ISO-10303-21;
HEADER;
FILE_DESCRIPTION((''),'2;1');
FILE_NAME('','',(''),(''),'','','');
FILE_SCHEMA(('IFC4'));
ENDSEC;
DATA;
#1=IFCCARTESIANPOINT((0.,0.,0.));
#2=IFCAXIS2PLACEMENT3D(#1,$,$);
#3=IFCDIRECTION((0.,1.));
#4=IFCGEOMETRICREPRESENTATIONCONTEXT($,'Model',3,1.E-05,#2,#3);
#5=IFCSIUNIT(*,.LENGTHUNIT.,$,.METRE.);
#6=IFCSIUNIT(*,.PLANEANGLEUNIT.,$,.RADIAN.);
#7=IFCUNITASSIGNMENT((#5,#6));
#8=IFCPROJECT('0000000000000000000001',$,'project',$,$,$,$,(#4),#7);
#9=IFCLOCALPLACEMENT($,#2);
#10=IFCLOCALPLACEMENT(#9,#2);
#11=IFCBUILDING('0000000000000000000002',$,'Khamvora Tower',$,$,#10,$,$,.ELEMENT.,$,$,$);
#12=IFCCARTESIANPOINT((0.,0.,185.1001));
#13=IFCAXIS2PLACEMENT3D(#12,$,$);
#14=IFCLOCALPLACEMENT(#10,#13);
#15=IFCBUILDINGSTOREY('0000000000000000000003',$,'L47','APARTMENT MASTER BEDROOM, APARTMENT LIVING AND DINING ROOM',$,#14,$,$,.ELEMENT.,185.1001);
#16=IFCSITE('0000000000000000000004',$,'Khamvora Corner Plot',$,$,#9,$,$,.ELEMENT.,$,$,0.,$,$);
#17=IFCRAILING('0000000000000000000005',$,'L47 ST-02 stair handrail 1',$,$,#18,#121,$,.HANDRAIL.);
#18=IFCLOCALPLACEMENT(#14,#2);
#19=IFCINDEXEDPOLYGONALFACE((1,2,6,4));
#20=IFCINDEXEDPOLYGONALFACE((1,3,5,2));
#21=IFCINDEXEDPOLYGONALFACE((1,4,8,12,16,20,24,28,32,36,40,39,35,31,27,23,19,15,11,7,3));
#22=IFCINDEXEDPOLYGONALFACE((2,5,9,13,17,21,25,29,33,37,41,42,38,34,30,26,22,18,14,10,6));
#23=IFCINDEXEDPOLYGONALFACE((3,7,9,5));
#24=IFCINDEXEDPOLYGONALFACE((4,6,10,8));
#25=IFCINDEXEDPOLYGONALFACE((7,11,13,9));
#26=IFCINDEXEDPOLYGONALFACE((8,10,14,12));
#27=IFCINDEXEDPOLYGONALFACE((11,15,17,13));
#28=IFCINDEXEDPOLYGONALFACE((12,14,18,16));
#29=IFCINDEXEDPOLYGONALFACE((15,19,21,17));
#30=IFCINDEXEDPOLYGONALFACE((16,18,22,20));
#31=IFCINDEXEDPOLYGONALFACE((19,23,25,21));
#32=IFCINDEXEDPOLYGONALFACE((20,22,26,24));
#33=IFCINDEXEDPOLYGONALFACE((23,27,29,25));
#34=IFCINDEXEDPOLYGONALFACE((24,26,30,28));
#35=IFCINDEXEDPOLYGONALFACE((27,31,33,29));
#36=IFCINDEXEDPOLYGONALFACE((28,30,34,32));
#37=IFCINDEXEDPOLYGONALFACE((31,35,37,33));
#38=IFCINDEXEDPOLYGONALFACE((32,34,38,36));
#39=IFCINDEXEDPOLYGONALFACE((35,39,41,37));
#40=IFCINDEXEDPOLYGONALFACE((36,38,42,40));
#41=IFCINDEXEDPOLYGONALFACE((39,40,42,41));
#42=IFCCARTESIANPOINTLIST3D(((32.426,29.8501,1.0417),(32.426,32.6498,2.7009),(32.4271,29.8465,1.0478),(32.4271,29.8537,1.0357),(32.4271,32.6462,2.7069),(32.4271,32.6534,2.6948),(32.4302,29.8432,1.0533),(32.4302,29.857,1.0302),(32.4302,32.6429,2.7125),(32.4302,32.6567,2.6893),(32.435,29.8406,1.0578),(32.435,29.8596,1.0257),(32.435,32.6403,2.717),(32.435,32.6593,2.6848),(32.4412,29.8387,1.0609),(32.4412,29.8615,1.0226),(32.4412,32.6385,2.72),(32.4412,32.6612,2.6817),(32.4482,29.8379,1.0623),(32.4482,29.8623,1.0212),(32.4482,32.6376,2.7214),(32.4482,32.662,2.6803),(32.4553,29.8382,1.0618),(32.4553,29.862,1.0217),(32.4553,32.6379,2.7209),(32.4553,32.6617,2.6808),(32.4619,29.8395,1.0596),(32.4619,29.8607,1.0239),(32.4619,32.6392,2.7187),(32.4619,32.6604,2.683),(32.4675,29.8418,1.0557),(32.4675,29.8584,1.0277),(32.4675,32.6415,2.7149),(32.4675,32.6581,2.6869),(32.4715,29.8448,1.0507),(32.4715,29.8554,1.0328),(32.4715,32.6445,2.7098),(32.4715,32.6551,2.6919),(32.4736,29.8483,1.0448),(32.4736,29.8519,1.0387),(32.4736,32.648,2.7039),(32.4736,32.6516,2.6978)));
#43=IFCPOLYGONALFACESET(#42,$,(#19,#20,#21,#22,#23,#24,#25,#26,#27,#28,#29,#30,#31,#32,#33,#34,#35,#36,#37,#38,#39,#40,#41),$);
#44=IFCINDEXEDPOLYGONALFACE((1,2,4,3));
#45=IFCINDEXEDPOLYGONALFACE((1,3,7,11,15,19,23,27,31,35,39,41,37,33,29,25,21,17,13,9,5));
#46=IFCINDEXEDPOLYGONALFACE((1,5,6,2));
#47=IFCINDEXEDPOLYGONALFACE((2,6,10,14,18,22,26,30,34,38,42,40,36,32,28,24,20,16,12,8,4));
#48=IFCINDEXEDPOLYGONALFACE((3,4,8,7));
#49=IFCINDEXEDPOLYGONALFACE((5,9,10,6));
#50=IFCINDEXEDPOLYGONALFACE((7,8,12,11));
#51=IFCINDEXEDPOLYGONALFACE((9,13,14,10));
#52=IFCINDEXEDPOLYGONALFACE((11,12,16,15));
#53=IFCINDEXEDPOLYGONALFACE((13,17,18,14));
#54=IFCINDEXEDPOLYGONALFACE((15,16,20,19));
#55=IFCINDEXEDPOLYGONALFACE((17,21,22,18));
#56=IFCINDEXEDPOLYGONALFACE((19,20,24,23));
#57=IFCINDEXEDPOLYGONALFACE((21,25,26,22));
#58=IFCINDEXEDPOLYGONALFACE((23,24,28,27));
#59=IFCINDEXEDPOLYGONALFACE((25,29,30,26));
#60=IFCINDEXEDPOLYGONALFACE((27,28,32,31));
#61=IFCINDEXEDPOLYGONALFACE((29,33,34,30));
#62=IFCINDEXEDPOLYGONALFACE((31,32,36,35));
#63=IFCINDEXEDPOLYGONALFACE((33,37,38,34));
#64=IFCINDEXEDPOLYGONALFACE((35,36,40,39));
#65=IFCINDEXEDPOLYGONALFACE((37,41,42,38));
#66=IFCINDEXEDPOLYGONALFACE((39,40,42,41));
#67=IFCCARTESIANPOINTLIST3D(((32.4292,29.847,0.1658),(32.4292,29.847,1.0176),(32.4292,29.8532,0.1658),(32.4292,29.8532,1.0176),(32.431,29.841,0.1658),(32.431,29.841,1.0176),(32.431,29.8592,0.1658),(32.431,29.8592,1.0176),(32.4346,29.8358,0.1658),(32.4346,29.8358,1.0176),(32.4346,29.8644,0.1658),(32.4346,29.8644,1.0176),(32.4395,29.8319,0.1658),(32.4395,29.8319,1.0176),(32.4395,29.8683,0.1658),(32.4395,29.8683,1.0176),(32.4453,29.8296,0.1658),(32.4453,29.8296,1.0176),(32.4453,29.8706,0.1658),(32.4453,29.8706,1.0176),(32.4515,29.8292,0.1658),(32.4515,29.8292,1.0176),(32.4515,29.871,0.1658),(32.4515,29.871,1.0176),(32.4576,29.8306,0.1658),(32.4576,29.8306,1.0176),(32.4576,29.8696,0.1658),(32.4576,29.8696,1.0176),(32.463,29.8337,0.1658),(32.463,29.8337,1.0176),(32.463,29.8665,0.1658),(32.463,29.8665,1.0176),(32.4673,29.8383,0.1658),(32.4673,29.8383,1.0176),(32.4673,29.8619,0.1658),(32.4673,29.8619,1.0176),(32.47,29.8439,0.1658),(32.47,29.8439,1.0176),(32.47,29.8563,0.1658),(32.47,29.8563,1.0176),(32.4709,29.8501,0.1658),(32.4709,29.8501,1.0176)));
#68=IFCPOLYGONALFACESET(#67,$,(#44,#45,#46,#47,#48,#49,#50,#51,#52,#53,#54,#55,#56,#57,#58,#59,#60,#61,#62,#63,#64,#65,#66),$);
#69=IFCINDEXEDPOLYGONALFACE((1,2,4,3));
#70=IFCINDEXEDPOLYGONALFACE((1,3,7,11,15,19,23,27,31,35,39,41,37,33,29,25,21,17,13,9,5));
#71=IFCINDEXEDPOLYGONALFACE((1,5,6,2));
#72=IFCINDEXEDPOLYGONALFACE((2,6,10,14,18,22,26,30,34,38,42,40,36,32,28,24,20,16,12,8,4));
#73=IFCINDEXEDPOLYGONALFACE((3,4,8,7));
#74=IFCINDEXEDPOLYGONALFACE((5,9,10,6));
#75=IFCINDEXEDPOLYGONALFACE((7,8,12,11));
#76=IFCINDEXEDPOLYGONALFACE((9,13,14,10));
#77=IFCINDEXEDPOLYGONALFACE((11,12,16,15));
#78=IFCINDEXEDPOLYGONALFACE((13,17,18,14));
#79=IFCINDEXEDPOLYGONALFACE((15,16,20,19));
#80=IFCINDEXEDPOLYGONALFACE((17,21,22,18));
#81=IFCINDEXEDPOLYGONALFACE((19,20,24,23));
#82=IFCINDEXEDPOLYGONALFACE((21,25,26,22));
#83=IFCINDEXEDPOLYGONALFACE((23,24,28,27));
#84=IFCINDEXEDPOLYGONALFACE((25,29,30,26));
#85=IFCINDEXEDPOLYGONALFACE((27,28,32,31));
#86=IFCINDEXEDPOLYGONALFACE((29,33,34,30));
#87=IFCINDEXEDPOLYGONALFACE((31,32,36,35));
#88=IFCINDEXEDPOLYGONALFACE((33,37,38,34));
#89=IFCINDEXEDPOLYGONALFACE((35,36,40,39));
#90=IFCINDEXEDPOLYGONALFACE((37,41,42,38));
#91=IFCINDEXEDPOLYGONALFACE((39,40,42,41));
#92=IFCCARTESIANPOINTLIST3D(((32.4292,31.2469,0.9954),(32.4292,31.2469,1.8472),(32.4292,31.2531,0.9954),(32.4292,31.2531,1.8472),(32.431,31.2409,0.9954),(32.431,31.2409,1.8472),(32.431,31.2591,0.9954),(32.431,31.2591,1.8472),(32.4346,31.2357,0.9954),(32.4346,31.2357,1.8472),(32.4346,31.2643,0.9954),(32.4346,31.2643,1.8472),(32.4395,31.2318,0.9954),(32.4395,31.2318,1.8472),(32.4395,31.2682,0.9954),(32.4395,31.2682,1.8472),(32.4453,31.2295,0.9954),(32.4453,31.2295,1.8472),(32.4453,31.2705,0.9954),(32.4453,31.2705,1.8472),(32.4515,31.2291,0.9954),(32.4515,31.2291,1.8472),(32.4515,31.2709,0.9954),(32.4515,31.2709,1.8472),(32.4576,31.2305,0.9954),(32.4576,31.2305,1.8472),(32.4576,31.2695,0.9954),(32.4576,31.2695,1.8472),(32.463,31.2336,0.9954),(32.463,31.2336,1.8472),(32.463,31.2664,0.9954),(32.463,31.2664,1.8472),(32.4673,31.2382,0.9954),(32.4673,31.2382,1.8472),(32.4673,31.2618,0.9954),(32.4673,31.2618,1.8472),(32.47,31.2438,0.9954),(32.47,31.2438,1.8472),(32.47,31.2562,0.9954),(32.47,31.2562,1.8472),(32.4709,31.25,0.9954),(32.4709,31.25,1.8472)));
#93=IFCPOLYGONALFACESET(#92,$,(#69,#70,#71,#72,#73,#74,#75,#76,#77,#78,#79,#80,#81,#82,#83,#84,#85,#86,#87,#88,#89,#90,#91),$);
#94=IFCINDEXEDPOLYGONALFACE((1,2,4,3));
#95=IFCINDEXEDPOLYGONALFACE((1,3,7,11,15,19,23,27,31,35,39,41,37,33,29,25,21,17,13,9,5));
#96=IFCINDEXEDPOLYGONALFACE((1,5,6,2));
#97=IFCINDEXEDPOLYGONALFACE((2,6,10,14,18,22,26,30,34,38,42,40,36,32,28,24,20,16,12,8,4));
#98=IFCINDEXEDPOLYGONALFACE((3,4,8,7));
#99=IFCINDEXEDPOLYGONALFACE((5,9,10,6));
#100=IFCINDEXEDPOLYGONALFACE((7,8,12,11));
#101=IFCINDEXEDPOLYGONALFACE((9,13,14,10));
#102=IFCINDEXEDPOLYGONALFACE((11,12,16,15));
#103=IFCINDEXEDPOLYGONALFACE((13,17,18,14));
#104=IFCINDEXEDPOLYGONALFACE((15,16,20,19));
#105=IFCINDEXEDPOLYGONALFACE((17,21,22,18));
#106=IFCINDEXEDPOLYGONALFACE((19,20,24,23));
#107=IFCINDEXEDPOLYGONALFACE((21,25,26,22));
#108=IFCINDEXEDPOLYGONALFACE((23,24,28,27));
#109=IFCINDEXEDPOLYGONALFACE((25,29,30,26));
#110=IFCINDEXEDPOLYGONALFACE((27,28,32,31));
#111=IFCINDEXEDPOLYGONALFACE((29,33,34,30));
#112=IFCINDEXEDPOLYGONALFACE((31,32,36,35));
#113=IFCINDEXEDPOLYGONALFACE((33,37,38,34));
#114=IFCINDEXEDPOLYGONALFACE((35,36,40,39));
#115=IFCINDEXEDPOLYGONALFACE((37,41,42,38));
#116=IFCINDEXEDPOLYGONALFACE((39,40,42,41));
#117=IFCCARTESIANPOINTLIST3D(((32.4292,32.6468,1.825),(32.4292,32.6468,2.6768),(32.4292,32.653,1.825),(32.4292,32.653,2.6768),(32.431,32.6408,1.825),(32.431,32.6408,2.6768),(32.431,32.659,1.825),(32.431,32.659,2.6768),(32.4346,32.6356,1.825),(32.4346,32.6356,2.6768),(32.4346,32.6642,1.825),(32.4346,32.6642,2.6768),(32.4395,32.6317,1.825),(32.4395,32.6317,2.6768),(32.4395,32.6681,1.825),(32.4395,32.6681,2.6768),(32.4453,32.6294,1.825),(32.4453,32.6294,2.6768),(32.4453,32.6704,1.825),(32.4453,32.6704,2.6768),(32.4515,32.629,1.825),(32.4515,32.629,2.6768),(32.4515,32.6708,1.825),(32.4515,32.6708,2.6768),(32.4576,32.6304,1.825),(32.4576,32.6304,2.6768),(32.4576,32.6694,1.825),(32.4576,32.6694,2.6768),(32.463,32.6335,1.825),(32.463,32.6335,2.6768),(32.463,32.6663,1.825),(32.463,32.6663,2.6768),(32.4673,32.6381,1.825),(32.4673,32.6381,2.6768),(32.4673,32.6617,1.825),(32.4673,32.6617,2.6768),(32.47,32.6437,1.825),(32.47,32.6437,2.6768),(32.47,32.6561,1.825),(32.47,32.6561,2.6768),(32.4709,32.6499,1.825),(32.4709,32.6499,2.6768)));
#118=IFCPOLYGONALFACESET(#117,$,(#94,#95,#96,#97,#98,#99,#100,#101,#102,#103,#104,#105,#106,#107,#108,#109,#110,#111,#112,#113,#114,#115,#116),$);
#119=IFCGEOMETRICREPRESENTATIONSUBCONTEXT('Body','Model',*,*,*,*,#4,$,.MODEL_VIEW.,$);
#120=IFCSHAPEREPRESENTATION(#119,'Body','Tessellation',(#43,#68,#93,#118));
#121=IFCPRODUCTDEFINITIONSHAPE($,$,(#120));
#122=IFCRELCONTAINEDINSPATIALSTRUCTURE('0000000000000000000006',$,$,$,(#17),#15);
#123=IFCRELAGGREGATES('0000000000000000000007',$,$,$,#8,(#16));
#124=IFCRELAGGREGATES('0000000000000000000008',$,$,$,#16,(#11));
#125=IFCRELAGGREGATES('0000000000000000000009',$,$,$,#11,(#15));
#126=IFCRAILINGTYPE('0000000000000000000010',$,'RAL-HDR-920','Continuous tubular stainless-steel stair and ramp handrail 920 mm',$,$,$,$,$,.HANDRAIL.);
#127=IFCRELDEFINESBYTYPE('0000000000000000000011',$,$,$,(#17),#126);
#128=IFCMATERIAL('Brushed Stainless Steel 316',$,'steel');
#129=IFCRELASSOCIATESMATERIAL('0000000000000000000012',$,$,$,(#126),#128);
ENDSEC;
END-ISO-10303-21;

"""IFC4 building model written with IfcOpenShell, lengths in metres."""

from ifc_helpers import new_model, si_unit, direction, frame, origin, origin_2d, place, context, subcontext, project, spatial, circle, extrude, material, type_object, element, save


model = new_model("IFC4")

# Units and contexts
model_context = context("Model", 3, precision=1e-05, world=origin(), true_north=direction((0.0, 1.0)))
body_context = subcontext(model_context, "Body", "Model", "MODEL_VIEW")
ifc_project = project(units=[si_unit("LENGTHUNIT", "METRE"), si_unit("PLANEANGLEUNIT", "RADIAN")], contexts=[model_context])

# Site, building, storey
site_placement = place(None, origin())
site = spatial("IfcSite", under=ifc_project, at=site_placement, Name="Khamvora Corner Plot", CompositionType="ELEMENT", RefElevation=0.0)
building_placement = place(site_placement, origin())
building = spatial("IfcBuilding", under=site, at=building_placement, Name="Khamvora Tower", CompositionType="ELEMENT")
storey_placement = place(building_placement, frame((0.0, 0.0, 185.1001)))
storey = spatial("IfcBuildingStorey", under=building, at=storey_placement, Name="L47", Description="APARTMENT MASTER BEDROOM, APARTMENT LIVING AND DINING ROOM", CompositionType="ELEMENT", Elevation=185.1001)

# Railing
ifc_material_1 = material(Name="Brushed Stainless Steel 316", Category="steel")
railing_type_1 = type_object("IfcRailingType", Name="RAL-HDR-920", Description="Continuous tubular stainless-steel stair and ramp handrail 920 mm", PredefinedType="HANDRAIL", material=ifc_material_1)
railing_1_placement = place(storey_placement, frame((32.45, 29.8501, 0.1658)))
element("IfcRailing", 1, at=railing_1_placement, inside=storey, type_object=railing_type_1, Name="L47 ST-02 stair handrail 1", PredefinedType="HANDRAIL", context=body_context, shape_type="SweptSolid", body=[
    extrude(circle(Radius=0.0239, at=origin_2d()), frame((0.0, 0.0, 0.876), z_axis=(0.0, 0.860287, 0.509811), x_axis=(-1.0, 0.0, 0.0)), (0.0, 0.0, 1.0), 3.2544),
    extrude(circle(Radius=0.021, at=origin_2d()), origin(), (0.0, 0.0, 1.0), 0.8518),
    extrude(circle(Radius=0.021, at=origin_2d()), frame((0.0, 1.3999, 0.8296)), (0.0, 0.0, 1.0), 0.8518),
    extrude(circle(Radius=0.021, at=origin_2d()), frame((0.0, 2.7998, 1.6592)), (0.0, 0.0, 1.0), 0.8518),
])

save(model, "model.ifc")
